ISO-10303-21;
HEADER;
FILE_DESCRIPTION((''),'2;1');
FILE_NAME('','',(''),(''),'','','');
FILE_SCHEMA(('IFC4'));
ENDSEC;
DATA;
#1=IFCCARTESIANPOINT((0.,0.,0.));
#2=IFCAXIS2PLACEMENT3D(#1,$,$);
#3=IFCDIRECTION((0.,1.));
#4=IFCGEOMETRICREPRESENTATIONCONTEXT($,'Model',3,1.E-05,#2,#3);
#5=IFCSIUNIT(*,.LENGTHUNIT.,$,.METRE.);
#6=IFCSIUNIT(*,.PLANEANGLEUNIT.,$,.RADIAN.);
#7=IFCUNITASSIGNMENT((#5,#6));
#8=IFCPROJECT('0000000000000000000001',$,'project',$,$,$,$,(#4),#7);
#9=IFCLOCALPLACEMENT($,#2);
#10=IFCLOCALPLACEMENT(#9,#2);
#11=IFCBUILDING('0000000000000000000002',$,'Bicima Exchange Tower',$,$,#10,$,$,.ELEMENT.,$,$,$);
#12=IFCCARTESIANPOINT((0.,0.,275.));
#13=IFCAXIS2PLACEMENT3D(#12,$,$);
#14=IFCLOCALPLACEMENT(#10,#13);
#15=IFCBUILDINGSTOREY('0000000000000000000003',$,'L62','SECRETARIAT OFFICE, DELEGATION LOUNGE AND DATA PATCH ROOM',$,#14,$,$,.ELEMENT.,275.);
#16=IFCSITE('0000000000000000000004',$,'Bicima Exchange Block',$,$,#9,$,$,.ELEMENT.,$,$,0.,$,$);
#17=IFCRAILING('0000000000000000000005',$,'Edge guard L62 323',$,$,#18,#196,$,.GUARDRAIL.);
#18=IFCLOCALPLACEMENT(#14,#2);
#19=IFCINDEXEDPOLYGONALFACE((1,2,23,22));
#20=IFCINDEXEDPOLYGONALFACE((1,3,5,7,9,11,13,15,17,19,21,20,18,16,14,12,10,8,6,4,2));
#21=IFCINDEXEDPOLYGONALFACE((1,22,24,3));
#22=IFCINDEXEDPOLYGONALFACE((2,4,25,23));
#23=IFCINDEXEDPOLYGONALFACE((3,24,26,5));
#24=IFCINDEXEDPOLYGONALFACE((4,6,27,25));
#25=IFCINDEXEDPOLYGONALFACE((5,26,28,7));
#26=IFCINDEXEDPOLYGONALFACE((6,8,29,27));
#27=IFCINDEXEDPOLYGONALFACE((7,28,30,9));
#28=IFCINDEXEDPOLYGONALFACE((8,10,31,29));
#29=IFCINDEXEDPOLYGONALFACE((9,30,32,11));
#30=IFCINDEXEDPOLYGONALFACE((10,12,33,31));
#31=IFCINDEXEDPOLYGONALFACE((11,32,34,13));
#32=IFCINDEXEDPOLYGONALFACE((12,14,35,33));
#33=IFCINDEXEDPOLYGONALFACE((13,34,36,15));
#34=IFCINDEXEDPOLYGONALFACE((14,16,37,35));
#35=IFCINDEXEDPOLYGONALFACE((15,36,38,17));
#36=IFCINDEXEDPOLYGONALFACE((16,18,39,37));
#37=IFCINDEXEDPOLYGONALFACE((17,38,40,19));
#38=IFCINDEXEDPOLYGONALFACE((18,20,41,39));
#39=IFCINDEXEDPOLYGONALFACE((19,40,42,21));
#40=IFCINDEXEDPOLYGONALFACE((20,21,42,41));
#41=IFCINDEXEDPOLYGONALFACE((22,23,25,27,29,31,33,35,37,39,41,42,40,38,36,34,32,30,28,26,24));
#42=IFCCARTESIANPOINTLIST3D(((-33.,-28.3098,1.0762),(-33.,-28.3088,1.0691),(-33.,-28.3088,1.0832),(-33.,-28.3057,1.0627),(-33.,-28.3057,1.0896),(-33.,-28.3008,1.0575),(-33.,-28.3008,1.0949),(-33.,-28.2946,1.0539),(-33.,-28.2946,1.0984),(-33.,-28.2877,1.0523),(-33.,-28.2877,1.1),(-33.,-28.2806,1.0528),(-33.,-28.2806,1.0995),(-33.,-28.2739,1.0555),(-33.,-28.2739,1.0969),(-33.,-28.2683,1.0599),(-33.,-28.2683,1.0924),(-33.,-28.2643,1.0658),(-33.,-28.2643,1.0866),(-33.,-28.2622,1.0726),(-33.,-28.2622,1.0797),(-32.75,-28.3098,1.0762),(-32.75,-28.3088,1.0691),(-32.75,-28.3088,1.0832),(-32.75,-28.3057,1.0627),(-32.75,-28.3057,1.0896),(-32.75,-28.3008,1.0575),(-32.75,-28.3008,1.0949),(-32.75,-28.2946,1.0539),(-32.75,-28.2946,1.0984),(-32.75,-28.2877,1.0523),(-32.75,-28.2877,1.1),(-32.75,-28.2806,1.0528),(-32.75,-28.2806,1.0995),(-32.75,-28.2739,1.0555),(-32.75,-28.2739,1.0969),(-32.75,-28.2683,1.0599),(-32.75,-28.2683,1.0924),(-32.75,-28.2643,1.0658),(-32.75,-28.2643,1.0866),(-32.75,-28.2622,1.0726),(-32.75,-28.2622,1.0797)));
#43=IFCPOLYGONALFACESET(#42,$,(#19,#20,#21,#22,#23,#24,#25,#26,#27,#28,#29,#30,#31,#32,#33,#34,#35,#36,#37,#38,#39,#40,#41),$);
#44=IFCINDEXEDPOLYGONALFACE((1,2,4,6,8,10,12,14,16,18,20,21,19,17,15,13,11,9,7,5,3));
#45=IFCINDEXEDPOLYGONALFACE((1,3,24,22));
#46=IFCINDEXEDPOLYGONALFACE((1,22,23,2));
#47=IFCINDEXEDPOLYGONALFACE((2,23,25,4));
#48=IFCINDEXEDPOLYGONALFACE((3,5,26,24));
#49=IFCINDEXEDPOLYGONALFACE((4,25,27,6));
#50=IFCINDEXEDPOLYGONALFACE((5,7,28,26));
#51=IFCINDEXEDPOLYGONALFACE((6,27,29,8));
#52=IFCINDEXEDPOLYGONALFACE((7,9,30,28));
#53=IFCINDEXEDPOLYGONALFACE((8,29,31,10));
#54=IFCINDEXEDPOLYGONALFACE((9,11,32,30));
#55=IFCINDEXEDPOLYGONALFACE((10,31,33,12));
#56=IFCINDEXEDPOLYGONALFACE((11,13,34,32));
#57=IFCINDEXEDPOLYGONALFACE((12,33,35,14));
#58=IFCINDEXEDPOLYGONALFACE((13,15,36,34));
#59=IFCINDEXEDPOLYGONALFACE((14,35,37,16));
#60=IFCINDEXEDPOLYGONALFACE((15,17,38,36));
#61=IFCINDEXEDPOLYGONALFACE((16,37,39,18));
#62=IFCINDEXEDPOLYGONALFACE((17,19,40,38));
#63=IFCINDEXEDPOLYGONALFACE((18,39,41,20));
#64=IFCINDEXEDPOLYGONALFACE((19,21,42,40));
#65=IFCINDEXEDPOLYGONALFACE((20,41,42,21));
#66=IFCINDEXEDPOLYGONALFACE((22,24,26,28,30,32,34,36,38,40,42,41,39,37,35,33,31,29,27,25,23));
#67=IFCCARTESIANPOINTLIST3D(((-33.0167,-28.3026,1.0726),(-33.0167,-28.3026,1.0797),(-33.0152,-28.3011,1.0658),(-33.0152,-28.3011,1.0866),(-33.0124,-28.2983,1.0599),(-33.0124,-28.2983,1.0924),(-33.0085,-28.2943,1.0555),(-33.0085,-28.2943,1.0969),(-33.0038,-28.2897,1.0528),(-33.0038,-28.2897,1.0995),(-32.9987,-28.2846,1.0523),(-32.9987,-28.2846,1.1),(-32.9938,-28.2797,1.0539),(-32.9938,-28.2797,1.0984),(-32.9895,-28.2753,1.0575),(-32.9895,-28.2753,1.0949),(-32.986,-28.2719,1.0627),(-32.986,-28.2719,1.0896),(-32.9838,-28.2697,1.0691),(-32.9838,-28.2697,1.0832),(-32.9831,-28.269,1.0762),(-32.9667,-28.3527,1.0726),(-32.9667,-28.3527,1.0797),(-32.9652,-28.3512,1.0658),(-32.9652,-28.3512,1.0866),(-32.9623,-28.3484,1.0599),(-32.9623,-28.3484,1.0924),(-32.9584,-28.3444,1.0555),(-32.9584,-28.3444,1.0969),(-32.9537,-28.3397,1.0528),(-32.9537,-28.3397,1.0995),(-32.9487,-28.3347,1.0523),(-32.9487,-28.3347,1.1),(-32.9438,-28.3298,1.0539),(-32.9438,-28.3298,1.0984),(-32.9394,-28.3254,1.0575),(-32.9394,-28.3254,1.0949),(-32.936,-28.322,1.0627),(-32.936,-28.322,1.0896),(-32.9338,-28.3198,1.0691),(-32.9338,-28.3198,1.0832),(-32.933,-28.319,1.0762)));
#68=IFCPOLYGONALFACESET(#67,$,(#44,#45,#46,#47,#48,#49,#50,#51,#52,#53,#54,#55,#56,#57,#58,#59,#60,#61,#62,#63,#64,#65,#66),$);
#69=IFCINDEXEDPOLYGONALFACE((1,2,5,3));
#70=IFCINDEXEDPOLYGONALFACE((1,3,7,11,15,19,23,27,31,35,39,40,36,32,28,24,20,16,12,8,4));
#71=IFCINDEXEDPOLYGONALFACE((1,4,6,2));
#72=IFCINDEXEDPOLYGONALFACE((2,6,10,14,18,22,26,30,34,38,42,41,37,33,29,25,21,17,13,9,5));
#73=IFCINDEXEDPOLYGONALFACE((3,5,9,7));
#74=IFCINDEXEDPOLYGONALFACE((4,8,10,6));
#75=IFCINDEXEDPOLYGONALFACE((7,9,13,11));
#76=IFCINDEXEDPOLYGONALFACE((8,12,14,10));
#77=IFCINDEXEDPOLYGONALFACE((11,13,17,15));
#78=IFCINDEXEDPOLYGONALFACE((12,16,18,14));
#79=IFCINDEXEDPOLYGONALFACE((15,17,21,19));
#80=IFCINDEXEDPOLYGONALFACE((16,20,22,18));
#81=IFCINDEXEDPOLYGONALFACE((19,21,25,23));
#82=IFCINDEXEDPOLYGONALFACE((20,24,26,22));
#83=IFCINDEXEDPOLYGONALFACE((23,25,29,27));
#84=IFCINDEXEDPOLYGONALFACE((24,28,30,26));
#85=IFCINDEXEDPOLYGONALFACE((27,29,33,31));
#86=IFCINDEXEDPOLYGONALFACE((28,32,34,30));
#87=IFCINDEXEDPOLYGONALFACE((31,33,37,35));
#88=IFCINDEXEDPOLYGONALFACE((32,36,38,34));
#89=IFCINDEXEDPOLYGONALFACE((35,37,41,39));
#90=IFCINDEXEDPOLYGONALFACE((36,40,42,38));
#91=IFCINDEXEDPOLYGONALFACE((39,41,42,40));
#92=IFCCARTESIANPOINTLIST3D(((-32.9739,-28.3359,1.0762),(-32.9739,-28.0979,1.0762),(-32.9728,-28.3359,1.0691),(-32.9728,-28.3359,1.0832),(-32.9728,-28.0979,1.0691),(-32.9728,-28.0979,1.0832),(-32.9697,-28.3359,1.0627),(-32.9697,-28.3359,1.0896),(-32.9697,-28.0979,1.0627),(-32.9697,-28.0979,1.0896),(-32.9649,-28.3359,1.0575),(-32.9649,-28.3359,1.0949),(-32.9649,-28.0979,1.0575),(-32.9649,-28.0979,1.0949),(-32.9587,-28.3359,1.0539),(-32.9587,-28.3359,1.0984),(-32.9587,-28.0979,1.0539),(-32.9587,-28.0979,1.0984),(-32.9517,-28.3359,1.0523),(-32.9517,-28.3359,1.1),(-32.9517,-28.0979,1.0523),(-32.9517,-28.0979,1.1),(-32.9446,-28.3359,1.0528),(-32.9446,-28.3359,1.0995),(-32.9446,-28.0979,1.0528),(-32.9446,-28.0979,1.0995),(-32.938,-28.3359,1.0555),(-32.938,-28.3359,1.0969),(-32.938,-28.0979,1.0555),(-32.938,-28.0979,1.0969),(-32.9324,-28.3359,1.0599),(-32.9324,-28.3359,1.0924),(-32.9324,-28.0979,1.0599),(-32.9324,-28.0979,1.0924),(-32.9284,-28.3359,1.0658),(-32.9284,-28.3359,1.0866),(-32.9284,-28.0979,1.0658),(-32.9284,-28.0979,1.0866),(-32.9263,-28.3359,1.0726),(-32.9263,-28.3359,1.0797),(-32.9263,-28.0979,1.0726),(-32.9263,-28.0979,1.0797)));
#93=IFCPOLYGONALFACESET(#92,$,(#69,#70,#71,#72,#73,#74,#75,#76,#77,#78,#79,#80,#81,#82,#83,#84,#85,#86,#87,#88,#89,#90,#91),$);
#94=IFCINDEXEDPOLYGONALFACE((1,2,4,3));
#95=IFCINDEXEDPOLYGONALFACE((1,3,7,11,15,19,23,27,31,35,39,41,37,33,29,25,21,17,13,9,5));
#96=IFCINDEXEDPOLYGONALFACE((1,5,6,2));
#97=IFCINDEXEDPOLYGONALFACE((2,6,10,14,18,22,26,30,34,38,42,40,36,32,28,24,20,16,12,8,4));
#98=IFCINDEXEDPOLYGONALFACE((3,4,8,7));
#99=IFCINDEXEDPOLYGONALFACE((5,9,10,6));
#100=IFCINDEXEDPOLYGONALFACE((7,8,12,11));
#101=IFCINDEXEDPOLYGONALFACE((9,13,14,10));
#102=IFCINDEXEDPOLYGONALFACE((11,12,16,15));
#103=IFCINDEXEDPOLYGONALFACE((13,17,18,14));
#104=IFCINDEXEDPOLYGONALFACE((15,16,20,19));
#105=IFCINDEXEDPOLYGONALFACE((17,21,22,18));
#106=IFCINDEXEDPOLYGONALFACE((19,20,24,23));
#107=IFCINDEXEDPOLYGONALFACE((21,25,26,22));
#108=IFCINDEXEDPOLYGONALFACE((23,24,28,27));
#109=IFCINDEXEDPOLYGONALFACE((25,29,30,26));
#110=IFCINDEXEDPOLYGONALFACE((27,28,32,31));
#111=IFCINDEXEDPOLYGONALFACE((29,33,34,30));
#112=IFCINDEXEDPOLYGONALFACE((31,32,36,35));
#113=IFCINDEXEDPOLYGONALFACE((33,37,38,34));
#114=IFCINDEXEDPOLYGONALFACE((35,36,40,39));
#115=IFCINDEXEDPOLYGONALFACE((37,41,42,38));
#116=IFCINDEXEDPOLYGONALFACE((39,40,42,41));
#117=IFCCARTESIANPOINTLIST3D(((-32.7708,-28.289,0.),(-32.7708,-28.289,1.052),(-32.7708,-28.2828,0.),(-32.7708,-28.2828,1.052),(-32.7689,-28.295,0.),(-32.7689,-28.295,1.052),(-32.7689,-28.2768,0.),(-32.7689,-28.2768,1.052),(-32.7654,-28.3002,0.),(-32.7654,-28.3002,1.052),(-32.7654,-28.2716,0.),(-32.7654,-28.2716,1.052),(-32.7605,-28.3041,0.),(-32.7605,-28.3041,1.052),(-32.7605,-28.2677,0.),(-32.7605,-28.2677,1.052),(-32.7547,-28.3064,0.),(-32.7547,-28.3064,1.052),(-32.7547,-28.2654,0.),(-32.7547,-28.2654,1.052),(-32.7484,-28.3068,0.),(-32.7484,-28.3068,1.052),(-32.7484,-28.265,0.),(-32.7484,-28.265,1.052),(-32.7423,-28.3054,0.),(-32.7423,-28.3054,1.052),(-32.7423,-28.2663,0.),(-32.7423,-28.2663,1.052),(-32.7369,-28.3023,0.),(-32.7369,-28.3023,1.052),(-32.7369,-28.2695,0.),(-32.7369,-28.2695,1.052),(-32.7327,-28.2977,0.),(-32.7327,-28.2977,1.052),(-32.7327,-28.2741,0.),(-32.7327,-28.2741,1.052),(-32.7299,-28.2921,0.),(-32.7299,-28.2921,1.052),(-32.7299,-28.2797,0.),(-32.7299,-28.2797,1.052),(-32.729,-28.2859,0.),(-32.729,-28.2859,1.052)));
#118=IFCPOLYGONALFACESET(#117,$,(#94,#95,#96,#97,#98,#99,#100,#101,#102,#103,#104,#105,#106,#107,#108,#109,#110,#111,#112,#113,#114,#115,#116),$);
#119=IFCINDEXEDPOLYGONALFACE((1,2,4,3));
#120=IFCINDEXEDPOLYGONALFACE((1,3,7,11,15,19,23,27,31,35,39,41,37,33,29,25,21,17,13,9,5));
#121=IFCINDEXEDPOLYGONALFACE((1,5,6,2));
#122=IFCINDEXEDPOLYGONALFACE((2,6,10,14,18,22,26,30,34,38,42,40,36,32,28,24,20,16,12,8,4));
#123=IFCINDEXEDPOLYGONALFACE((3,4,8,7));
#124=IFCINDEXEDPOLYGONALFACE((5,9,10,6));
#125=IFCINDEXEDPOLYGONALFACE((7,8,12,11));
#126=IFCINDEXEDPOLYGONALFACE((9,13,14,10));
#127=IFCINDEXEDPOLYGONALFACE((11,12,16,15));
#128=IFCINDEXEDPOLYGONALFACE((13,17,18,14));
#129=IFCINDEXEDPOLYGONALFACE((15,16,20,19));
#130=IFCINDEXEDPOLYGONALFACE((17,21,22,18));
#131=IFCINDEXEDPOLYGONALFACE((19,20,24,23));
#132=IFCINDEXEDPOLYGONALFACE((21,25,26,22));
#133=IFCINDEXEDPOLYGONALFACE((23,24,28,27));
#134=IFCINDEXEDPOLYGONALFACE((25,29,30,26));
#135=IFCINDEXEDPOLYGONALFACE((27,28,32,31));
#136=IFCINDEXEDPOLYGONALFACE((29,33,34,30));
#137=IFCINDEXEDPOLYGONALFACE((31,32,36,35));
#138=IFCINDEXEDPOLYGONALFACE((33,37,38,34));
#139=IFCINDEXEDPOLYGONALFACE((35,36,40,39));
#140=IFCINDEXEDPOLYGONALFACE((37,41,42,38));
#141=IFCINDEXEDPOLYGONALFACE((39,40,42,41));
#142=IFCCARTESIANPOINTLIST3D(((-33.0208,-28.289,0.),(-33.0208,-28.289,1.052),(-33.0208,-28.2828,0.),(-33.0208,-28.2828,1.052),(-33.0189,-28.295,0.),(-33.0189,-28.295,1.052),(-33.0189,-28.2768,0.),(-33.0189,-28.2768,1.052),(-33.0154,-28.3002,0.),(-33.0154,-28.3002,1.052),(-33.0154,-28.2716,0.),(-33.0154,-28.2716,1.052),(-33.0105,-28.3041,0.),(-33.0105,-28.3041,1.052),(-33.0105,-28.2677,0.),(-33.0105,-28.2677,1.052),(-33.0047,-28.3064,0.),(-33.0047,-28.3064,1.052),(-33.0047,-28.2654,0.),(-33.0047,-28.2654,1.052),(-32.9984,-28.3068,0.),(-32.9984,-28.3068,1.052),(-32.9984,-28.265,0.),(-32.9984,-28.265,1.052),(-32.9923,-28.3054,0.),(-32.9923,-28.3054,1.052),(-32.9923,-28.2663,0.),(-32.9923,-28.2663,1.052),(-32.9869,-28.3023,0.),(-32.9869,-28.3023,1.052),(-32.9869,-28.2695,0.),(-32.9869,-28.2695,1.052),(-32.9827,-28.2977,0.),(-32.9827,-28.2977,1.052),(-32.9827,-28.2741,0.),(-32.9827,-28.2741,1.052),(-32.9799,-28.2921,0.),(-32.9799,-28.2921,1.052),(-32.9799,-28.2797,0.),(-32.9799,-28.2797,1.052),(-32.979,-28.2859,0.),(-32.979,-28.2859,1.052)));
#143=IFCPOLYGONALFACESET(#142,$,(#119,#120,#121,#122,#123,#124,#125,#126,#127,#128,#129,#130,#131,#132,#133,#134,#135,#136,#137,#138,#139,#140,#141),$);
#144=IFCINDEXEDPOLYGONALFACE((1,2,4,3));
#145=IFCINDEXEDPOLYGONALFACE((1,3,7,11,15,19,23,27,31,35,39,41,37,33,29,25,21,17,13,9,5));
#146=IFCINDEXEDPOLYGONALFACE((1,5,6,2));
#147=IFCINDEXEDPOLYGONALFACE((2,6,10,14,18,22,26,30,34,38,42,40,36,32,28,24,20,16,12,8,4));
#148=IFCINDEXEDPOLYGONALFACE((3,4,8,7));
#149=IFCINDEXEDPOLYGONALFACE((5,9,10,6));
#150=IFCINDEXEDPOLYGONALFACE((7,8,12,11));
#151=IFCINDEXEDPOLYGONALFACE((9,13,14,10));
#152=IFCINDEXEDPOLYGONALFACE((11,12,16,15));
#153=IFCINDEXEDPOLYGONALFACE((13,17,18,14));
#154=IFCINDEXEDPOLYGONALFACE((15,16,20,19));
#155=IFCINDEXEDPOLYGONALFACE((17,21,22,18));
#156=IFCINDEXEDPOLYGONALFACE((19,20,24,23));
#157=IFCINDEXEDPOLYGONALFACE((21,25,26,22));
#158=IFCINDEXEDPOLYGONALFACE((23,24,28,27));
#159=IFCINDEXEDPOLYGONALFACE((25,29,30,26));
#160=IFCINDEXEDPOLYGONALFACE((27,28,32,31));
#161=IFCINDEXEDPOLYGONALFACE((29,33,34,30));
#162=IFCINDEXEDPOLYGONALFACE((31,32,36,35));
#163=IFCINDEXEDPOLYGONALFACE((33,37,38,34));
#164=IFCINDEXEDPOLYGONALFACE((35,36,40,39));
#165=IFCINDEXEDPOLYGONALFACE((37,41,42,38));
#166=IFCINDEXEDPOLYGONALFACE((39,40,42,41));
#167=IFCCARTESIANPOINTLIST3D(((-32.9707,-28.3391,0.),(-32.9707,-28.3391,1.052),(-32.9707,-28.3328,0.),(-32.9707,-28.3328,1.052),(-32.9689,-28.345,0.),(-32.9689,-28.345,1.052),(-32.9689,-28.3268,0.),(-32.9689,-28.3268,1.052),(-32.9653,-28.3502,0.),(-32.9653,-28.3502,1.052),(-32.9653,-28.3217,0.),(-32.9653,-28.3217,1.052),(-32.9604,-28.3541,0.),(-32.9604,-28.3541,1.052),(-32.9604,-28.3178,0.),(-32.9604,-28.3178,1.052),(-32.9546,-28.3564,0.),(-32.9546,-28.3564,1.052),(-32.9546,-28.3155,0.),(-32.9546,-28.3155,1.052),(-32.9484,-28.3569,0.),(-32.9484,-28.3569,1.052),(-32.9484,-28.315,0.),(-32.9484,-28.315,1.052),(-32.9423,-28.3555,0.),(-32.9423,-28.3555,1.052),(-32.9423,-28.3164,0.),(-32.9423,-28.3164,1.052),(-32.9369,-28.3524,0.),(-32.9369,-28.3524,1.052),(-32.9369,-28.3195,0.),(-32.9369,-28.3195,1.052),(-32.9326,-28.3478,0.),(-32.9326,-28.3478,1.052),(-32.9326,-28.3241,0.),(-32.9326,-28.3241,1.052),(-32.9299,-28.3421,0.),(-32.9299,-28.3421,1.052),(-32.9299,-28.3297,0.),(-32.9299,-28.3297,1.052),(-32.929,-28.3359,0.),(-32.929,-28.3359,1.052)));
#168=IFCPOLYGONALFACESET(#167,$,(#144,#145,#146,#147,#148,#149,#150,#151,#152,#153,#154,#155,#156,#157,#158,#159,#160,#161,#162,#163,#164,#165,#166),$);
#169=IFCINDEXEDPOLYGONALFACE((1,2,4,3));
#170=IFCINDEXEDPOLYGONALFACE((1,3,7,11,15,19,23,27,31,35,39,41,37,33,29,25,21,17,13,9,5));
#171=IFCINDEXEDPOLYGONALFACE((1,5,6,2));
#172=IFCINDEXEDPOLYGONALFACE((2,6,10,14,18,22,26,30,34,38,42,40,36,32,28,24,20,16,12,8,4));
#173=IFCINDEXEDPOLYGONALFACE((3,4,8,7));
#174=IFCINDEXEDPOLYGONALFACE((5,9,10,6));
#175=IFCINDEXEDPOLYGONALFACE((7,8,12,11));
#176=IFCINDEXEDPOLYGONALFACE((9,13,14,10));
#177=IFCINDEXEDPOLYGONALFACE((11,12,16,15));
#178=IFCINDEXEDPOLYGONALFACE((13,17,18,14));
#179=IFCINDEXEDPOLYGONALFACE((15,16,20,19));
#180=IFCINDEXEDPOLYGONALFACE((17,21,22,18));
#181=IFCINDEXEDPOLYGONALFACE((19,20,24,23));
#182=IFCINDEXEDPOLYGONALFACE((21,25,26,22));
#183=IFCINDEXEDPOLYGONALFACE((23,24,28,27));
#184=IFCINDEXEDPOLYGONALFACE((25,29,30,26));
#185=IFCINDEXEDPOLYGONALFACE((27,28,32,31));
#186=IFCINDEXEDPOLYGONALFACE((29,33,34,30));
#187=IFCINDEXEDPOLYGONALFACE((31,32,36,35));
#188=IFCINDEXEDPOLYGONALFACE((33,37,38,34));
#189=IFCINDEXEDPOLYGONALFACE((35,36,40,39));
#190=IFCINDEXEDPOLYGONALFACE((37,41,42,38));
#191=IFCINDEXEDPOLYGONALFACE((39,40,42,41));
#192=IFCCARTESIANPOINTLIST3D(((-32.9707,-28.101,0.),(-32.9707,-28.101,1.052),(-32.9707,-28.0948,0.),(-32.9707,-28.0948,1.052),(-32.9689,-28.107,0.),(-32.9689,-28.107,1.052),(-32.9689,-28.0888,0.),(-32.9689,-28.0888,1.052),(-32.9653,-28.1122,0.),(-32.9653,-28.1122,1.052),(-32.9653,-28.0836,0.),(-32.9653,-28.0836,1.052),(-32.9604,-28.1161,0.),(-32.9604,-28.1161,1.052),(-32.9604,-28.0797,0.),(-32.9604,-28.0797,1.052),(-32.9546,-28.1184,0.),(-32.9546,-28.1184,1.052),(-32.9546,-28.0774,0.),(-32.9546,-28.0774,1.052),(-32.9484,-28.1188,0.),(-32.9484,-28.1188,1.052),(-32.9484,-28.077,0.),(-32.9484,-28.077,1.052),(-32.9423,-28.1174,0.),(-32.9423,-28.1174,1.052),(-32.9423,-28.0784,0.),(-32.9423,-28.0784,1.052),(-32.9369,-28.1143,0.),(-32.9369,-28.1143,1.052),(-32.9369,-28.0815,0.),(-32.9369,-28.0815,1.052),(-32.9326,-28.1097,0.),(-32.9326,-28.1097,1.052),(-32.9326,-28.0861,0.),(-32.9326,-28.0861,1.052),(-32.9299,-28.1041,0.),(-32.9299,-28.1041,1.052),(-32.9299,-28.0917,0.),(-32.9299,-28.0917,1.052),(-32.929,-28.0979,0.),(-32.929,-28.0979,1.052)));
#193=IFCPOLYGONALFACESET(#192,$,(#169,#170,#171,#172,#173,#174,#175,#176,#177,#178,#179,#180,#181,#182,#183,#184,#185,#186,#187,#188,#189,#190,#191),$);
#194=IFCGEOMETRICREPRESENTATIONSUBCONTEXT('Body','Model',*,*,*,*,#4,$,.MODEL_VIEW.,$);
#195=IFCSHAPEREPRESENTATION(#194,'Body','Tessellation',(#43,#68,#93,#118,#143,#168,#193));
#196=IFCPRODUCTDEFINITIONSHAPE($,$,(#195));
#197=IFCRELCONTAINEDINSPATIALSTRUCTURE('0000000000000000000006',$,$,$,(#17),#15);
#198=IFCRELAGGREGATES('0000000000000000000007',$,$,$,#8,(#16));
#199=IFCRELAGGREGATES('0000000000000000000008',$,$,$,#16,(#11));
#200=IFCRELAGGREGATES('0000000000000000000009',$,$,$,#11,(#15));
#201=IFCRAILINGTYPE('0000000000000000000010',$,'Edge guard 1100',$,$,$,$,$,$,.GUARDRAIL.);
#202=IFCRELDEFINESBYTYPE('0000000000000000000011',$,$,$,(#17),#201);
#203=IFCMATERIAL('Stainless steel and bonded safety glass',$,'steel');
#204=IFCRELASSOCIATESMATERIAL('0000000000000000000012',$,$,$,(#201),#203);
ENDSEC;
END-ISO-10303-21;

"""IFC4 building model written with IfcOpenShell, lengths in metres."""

from ifc_helpers import new_model, si_unit, direction, frame, origin, origin_2d, place, context, subcontext, project, spatial, circle, extrude, material, type_object, element, save


model = new_model("IFC4")

# Units and contexts
model_context = context("Model", 3, precision=1e-05, world=origin(), true_north=direction((0.0, 1.0)))
body_context = subcontext(model_context, "Body", "Model", "MODEL_VIEW")
ifc_project = project(units=[si_unit("LENGTHUNIT", "METRE"), si_unit("PLANEANGLEUNIT", "RADIAN")], contexts=[model_context])

# Site, building, storey
site_placement = place(None, origin())
site = spatial("IfcSite", under=ifc_project, at=site_placement, Name="Bicima Exchange Block", CompositionType="ELEMENT", RefElevation=0.0)
building_placement = place(site_placement, origin())
building = spatial("IfcBuilding", under=site, at=building_placement, Name="Bicima Exchange Tower", CompositionType="ELEMENT")
storey_placement = place(building_placement, frame((0.0, 0.0, 275.0)))
storey = spatial("IfcBuildingStorey", under=building, at=storey_placement, Name="L62", Description="SECRETARIAT OFFICE, DELEGATION LOUNGE AND DATA PATCH ROOM", CompositionType="ELEMENT", Elevation=275.0)

# Railing
ifc_material_1 = material(Name="Stainless steel and bonded safety glass", Category="steel")
railing_type = type_object("IfcRailingType", Name="Edge guard 1100", PredefinedType="GUARDRAIL", material=ifc_material_1)
railing_1_placement = place(storey_placement, frame((-32.75, -28.2859, 0.0)))
element("IfcRailing", 1, at=railing_1_placement, inside=storey, type_object=railing_type, Name="Edge guard L62 323", PredefinedType="GUARDRAIL", context=body_context, shape_type="SweptSolid", body=[
    extrude(circle(Radius=0.0239, at=origin_2d()), frame((0.0, 0.0, 1.0762), z_axis=(-1.0, 0.0, 0.0), x_axis=(0.0, -1.0, 0.0)), (0.0, 0.0, 1.0), 0.25),
    extrude(circle(Radius=0.0239, at=origin_2d()), frame((-0.25, 0.0, 1.0762), z_axis=(0.707107, -0.707107, 0.0), x_axis=(0.707107, 0.707107, 0.0)), (0.0, 0.0, 1.0), 0.0708),
    extrude(circle(Radius=0.0239, at=origin_2d()), frame((-0.2, -0.05, 1.0762), z_axis=(0.0, 1.0, 0.0), x_axis=(-1.0, 0.0, 0.0)), (0.0, 0.0, 1.0), 0.238),
    extrude(circle(Radius=0.021, at=origin_2d()), origin(), (0.0, 0.0, 1.0), 1.052),
    extrude(circle(Radius=0.021, at=origin_2d()), frame((-0.25, 0.0, 0.0)), (0.0, 0.0, 1.0), 1.052),
    extrude(circle(Radius=0.021, at=origin_2d()), frame((-0.2, -0.05, 0.0)), (0.0, 0.0, 1.0), 1.052),
    extrude(circle(Radius=0.021, at=origin_2d()), frame((-0.2, 0.188, 0.0)), (0.0, 0.0, 1.0), 1.052),
])

save(model, "model.ifc")
